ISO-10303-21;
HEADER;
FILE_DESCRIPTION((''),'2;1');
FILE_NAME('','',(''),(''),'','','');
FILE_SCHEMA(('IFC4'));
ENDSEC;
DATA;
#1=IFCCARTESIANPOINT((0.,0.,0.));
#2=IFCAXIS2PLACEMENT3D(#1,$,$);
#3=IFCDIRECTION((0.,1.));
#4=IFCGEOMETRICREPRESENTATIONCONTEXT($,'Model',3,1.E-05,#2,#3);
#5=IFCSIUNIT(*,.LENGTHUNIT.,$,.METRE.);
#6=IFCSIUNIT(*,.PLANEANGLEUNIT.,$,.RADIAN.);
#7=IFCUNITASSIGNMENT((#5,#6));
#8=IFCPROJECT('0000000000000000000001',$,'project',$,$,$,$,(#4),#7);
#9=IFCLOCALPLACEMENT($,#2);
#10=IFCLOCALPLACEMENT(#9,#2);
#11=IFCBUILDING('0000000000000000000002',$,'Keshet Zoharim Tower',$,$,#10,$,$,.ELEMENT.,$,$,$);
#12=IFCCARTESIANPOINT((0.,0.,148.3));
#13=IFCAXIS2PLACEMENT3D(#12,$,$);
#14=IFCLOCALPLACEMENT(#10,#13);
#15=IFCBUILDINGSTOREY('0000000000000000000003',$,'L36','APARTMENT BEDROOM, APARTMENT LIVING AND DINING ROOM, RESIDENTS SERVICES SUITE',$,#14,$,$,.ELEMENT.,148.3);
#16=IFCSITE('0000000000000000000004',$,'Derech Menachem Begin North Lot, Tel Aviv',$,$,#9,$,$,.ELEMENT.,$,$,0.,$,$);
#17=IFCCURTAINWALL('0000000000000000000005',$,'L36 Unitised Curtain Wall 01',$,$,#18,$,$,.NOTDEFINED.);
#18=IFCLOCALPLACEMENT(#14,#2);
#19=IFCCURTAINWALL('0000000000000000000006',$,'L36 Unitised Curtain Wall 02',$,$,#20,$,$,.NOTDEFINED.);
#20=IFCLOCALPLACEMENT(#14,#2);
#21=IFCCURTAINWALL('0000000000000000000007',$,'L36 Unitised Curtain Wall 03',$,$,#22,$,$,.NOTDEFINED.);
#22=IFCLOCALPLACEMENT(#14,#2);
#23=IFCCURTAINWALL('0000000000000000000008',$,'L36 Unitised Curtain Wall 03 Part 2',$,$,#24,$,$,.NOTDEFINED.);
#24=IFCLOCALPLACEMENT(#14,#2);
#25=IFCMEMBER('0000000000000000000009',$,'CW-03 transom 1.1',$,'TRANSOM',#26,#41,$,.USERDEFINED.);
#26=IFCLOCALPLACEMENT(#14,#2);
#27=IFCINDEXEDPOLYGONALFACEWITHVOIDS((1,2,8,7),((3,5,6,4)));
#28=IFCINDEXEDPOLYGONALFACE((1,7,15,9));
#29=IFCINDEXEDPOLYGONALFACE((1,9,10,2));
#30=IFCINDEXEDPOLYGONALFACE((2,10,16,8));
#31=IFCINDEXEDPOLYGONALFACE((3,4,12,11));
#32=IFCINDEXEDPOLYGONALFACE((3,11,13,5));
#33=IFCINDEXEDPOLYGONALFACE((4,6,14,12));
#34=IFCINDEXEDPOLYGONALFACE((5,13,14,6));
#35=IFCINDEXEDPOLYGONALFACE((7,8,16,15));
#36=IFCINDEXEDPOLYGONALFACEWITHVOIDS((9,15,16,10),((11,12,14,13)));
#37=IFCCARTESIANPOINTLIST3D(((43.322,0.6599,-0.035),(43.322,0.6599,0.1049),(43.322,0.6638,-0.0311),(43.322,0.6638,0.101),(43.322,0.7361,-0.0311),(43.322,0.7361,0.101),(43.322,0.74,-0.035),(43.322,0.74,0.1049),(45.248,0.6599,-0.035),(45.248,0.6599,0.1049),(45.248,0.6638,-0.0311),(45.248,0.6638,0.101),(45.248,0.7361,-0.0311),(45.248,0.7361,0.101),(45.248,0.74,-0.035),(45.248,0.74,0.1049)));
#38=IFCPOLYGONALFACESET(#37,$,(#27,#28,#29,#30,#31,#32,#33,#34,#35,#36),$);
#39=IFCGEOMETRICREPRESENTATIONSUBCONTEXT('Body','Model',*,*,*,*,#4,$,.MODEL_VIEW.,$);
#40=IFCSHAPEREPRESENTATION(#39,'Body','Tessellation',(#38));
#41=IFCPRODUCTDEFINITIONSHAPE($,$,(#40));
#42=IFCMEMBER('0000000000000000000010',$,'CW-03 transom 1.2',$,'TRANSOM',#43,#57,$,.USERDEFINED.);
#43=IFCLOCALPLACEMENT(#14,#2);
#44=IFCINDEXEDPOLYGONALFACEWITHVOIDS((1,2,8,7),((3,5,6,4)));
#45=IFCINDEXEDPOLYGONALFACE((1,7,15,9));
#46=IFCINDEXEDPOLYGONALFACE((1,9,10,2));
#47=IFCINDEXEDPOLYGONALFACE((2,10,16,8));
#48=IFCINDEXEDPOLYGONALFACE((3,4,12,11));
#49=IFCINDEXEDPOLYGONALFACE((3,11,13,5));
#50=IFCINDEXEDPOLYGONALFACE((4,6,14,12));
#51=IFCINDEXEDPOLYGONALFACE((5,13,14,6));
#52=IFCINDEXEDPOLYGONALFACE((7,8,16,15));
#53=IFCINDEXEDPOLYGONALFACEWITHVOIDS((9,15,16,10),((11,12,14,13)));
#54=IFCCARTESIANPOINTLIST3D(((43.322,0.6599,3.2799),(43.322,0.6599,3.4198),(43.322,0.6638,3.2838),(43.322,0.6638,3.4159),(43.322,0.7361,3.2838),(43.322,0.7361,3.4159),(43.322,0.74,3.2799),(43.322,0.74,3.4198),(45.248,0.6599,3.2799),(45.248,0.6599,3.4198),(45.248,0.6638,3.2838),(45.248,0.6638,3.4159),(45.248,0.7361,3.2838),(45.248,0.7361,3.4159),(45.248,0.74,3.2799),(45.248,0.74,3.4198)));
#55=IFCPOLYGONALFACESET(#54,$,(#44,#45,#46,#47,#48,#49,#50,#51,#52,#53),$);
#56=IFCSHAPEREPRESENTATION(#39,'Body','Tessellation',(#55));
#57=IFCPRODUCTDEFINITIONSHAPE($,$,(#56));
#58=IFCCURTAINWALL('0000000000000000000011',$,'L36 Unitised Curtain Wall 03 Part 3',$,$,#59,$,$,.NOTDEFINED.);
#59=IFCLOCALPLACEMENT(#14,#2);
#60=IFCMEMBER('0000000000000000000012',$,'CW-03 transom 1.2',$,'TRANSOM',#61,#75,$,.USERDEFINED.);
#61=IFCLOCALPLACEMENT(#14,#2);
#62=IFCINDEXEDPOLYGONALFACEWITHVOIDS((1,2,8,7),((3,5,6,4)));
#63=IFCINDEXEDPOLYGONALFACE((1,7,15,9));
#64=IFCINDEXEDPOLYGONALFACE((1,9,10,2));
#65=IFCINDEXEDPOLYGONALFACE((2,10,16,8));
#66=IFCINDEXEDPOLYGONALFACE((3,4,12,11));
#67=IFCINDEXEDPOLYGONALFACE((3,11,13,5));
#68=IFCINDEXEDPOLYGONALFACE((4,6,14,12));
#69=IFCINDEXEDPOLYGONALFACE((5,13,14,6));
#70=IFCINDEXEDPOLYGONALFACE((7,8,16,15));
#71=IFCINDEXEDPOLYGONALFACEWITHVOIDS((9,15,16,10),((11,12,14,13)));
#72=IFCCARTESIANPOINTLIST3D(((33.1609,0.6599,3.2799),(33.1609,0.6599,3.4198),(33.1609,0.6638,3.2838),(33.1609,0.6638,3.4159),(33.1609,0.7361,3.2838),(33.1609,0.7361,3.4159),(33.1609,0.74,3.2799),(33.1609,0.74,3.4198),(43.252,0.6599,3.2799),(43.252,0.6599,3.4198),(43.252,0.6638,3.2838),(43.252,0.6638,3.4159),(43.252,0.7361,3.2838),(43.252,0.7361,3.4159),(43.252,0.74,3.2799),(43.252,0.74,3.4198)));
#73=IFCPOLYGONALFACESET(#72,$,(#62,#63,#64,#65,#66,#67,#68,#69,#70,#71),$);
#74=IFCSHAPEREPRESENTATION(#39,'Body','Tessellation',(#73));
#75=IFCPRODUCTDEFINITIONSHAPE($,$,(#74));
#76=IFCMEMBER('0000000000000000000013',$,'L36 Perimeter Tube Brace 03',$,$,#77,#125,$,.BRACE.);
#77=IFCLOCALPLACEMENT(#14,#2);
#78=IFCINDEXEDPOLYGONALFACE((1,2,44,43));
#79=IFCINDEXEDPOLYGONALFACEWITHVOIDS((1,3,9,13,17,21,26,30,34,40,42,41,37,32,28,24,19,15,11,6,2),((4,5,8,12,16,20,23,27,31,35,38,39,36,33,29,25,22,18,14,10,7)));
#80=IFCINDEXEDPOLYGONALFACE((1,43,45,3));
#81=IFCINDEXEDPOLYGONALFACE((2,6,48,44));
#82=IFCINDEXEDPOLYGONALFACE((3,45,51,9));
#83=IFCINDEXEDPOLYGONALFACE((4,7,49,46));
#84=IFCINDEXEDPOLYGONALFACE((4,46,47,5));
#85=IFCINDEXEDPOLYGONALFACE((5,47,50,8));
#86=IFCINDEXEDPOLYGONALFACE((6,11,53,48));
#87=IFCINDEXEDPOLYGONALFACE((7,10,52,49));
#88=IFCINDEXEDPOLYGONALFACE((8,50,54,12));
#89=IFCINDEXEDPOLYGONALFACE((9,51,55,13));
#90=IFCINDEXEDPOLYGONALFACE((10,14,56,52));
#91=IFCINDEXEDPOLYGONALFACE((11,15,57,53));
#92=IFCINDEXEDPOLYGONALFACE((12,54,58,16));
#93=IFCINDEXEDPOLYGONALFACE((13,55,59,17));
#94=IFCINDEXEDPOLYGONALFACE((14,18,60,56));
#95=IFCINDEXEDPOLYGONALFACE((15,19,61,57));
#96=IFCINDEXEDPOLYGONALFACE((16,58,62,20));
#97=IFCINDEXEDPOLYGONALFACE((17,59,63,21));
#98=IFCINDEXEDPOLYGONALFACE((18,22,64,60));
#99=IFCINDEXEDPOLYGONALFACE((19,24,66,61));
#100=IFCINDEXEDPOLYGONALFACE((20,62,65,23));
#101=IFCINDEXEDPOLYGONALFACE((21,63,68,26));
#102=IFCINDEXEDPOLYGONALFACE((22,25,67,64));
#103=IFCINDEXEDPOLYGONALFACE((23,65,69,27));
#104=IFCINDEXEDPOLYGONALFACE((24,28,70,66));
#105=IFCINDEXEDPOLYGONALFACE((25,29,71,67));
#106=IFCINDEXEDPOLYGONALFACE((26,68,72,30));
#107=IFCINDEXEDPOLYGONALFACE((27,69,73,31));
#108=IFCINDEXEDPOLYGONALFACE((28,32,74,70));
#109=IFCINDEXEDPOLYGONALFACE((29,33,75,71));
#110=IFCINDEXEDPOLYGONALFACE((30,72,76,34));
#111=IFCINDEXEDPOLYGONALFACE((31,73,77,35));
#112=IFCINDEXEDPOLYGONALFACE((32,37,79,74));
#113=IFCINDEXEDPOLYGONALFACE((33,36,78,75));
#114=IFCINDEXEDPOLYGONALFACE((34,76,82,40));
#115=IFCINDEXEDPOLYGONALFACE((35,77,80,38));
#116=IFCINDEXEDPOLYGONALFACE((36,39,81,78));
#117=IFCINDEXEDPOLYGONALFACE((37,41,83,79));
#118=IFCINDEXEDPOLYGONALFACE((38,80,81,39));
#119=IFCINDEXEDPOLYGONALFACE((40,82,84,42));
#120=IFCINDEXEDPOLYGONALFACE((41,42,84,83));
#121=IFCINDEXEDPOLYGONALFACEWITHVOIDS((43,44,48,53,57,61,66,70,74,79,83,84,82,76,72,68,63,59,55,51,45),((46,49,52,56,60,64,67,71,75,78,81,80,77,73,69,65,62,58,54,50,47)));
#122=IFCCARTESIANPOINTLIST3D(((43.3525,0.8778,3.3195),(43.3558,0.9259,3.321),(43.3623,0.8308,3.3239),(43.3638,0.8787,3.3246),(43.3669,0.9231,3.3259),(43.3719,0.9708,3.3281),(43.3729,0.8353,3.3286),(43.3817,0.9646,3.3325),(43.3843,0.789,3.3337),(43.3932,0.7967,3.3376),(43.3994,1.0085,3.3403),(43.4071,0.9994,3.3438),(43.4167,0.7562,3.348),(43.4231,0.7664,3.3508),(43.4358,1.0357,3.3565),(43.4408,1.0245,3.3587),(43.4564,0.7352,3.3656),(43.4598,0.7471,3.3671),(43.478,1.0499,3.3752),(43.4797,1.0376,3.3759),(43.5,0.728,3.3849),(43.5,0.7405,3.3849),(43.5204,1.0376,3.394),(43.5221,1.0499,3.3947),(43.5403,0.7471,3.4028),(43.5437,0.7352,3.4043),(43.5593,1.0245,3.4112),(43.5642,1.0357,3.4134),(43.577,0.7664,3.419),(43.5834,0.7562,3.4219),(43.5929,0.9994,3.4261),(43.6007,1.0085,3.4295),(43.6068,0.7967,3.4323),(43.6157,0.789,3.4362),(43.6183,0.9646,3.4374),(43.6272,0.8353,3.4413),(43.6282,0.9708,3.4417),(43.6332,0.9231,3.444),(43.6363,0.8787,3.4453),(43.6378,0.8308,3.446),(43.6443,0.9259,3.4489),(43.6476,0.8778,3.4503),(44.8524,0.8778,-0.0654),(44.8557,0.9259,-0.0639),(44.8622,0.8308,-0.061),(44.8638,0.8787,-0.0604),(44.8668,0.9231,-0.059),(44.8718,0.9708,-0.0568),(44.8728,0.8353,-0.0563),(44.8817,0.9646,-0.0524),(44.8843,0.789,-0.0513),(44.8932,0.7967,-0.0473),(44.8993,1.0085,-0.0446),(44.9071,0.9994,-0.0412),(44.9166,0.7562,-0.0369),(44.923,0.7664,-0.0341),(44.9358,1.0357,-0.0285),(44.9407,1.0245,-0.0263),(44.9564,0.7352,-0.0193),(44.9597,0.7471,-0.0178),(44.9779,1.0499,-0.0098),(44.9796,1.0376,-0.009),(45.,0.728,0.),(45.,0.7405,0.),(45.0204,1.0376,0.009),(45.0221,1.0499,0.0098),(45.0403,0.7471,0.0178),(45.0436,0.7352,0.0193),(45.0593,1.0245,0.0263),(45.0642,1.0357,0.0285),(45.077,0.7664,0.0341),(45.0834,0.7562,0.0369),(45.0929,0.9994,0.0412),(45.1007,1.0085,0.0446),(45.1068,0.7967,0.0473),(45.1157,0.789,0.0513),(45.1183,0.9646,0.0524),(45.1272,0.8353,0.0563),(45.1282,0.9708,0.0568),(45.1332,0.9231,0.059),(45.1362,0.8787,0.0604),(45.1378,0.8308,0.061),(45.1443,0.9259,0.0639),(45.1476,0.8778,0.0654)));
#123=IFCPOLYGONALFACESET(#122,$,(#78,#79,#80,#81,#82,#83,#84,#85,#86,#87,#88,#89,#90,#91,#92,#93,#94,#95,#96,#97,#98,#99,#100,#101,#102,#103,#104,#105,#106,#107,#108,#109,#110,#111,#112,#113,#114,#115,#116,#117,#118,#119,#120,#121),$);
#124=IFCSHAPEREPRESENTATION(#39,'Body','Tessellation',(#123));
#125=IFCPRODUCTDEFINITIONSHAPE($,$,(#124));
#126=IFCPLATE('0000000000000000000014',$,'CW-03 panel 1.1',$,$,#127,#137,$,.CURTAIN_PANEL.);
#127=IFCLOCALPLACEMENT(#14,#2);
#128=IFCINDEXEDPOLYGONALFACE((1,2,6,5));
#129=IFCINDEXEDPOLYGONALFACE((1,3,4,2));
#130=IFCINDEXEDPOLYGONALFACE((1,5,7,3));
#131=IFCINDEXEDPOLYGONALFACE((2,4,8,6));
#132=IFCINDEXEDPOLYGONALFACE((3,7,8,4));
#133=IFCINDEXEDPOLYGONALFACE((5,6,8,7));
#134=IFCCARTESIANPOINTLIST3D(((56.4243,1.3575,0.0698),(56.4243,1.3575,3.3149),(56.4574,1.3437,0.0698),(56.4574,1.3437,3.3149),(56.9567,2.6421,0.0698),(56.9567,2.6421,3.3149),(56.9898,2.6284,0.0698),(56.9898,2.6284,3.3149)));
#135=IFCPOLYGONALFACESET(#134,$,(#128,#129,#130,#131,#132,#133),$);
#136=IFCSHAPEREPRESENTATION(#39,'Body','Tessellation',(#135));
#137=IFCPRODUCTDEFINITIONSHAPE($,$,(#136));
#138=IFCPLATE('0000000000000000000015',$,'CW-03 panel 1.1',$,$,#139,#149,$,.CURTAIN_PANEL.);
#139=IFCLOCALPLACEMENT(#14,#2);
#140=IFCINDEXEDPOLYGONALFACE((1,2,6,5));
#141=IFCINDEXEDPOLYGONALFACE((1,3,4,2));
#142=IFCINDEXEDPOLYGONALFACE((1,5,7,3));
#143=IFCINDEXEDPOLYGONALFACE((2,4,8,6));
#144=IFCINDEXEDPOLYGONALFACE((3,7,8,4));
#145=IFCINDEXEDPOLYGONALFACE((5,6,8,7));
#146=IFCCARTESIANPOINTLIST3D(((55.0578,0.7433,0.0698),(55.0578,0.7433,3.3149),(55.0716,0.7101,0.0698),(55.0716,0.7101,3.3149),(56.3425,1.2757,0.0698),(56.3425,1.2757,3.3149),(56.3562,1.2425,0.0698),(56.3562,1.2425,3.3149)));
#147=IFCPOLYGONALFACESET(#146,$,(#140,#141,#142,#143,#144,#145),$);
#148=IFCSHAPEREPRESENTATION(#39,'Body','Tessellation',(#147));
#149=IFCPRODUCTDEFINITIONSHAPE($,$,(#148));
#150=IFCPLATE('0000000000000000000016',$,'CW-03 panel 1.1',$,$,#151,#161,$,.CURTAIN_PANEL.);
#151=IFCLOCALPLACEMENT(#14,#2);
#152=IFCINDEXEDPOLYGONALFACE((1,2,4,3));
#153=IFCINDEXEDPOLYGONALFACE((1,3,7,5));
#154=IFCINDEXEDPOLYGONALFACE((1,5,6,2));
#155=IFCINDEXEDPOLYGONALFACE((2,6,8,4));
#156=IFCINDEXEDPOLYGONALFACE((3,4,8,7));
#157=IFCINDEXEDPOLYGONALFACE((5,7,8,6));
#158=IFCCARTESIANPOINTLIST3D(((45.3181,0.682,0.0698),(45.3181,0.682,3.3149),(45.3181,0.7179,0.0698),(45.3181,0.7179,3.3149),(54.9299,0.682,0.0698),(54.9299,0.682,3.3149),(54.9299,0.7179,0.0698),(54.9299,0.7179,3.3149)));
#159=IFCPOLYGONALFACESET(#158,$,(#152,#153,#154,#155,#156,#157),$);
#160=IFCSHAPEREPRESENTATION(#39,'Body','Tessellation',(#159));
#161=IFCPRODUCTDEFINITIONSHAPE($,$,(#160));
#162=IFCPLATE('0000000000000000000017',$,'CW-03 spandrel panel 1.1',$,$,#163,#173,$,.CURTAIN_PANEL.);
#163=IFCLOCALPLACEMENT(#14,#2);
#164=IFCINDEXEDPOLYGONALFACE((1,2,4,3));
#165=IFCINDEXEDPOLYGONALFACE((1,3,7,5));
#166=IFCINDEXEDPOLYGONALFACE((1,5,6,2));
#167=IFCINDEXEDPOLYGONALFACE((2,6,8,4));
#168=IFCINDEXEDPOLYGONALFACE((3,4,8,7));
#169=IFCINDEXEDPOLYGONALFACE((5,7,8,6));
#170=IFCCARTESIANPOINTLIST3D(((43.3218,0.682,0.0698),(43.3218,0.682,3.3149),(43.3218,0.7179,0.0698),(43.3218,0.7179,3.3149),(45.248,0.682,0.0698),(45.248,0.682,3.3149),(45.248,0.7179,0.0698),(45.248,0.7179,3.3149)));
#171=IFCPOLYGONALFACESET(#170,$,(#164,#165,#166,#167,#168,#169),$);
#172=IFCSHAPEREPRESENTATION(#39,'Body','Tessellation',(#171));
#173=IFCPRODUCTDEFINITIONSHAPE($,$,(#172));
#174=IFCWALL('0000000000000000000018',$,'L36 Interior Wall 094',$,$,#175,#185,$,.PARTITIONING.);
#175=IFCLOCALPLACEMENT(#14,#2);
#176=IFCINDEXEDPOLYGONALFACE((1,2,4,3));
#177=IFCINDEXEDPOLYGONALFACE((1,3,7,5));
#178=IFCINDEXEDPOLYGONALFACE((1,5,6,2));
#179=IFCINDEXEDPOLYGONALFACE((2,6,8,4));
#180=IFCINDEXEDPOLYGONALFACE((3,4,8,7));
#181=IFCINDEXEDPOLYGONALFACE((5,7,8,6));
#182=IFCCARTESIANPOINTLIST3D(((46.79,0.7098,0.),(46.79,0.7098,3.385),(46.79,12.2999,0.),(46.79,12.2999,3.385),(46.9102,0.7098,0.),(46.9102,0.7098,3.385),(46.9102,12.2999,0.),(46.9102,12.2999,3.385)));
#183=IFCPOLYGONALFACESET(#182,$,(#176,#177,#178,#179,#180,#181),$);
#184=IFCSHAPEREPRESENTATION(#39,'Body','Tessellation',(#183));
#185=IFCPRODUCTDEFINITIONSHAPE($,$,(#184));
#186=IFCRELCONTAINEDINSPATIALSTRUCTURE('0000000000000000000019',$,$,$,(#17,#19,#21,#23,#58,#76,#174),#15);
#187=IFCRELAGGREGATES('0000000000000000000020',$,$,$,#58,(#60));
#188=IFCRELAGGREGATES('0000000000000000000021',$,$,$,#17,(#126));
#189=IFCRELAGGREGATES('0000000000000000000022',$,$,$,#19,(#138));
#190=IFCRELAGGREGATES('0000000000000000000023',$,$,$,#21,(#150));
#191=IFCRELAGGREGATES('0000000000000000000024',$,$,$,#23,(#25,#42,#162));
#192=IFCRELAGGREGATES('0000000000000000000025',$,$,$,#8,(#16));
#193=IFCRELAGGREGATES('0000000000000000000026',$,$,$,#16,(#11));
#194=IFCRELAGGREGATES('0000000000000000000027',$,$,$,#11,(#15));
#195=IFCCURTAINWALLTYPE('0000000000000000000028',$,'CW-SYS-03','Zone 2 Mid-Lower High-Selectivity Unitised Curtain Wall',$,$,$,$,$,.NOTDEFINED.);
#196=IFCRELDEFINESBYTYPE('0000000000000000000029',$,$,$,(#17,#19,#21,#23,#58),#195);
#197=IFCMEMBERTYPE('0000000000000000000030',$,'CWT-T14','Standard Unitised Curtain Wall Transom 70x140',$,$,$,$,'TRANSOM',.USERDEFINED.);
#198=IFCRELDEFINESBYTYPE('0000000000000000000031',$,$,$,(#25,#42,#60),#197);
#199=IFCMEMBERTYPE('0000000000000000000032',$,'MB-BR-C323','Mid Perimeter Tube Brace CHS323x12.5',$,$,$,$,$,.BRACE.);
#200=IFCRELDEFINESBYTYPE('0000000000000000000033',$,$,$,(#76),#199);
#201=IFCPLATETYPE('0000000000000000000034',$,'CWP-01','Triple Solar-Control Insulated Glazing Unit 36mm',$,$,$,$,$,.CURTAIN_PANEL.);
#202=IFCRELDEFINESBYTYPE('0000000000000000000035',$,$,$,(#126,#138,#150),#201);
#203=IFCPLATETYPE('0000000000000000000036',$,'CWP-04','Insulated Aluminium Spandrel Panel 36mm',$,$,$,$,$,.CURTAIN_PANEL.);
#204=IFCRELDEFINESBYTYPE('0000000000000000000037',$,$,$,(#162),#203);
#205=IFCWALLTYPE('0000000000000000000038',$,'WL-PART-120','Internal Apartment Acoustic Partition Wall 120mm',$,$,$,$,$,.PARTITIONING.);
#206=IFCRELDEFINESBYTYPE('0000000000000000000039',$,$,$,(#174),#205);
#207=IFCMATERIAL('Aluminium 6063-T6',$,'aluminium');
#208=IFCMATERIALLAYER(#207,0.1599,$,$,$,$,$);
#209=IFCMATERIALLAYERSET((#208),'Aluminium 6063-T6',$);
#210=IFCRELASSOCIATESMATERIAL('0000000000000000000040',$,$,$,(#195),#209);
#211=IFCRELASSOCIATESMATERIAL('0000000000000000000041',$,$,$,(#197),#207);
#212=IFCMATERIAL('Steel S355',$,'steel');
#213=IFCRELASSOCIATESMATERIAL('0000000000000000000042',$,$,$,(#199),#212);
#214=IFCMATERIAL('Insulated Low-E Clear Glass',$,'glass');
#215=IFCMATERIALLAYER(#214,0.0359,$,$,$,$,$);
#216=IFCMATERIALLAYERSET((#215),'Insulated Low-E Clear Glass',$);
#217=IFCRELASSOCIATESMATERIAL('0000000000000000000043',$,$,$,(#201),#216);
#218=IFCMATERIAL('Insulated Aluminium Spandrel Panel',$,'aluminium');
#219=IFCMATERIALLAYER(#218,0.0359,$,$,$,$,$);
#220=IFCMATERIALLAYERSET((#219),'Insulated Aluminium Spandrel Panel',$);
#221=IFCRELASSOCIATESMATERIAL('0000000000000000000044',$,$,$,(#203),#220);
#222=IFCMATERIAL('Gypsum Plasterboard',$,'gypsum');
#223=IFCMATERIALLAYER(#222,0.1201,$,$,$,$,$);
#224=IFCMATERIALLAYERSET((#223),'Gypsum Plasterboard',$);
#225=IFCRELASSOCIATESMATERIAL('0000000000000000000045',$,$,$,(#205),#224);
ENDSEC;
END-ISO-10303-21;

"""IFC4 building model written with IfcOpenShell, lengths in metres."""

from ifc_helpers import new_model, si_unit, direction, frame, frame_2d, origin, origin_2d, place, context, subcontext, project, spatial, rectangle, hollow_rectangle, hollow_circle, extrude, material, layer, layer_set, material_profile, profile_set, type_object, element, aggregate, save


model = new_model("IFC4")

# Units and contexts
model_context = context("Model", 3, precision=1e-05, world=origin(), true_north=direction((0.0, 1.0)))
body_context = subcontext(model_context, "Body", "Model", "MODEL_VIEW")
ifc_project = project(units=[si_unit("LENGTHUNIT", "METRE"), si_unit("PLANEANGLEUNIT", "RADIAN")], contexts=[model_context])

# Site, building, storey
site_placement = place(None, origin())
site = spatial("IfcSite", under=ifc_project, at=site_placement, Name="Derech Menachem Begin North Lot, Tel Aviv", CompositionType="ELEMENT", RefElevation=0.0)
building_placement = place(site_placement, origin())
building = spatial("IfcBuilding", under=site, at=building_placement, Name="Keshet Zoharim Tower", CompositionType="ELEMENT")
storey_placement = place(building_placement, frame((0.0, 0.0, 148.3)))
storey = spatial("IfcBuildingStorey", under=building, at=storey_placement, Name="L36", Description="APARTMENT BEDROOM, APARTMENT LIVING AND DINING ROOM, RESIDENTS SERVICES SUITE", CompositionType="ELEMENT", Elevation=148.3)

# Shared definitions
ifc_material_1 = material(Name="Steel S355", Category="steel")

# Curtain walls
ifc_material_2 = material(Name="Aluminium 6063-T6", Category="aluminium")
ifc_layer_1 = layer(ifc_material_2, 0.1599)
ifc_layer_set_1 = layer_set([ifc_layer_1], Name="Aluminium 6063-T6")
curtain_wall_type = type_object("IfcCurtainWallType", Name="CW-SYS-03", Description="Zone 2 Mid-Lower High-Selectivity Unitised Curtain Wall", PredefinedType="NOTDEFINED", material=ifc_layer_set_1)
curtain_wall_1_placement = place(storey_placement, origin())
curtain_wall_1 = element("IfcCurtainWall", 1, at=curtain_wall_1_placement, inside=storey, type_object=curtain_wall_type, Name="L36 Unitised Curtain Wall 01", PredefinedType="NOTDEFINED")
curtain_wall_2_placement = place(storey_placement, origin())
curtain_wall_2 = element("IfcCurtainWall", 2, at=curtain_wall_2_placement, inside=storey, type_object=curtain_wall_type, Name="L36 Unitised Curtain Wall 02", PredefinedType="NOTDEFINED")
curtain_wall_3_placement = place(storey_placement, origin())
curtain_wall_3 = element("IfcCurtainWall", 3, at=curtain_wall_3_placement, inside=storey, type_object=curtain_wall_type, Name="L36 Unitised Curtain Wall 03", PredefinedType="NOTDEFINED")

# Curtain wall
curtain_wall_4_placement = place(storey_placement, origin())
curtain_wall_4 = element("IfcCurtainWall", 4, at=curtain_wall_4_placement, inside=storey, type_object=curtain_wall_type, Name="L36 Unitised Curtain Wall 03 Part 2", PredefinedType="NOTDEFINED")

# Members
ifc_material_profile_1 = material_profile(ifc_material_2, hollow_rectangle(XDim=0.0801, YDim=0.1399, WallThickness=0.0039, at=origin_2d()), Name="TRN-80x140")
ifc_profile_set_1 = profile_set([ifc_material_profile_1], Name="Aluminium 6063-T6")
member_type_1 = type_object("IfcMemberType", Name="CWT-T14", Description="Standard Unitised Curtain Wall Transom 70x140", ElementType="TRANSOM", PredefinedType="USERDEFINED", material=ifc_profile_set_1)
member_1_placement = place(storey_placement, frame((45.248, 0.7, 0.0349), z_axis=(-1.0, 0.0, 0.0), x_axis=(0.0, -1.0, 0.0)))
member_1 = element("IfcMember", 5, at=member_1_placement, type_object=member_type_1, Name="CW-03 transom 1.1", ObjectType="TRANSOM", PredefinedType="USERDEFINED", context=body_context, shape_type="SweptSolid", body=[
    extrude(hollow_rectangle(XDim=0.0801, YDim=0.1399, WallThickness=0.0039, at=origin_2d()), origin(), (0.0, 0.0, 1.0), 1.926),
])
member_2_placement = place(storey_placement, frame((45.248, 0.7, 3.3499), z_axis=(-1.0, 0.0, 0.0), x_axis=(0.0, -1.0, 0.0)))
member_2 = element("IfcMember", 6, at=member_2_placement, type_object=member_type_1, Name="CW-03 transom 1.2", ObjectType="TRANSOM", PredefinedType="USERDEFINED", context=body_context, shape_type="SweptSolid", body=[
    extrude(hollow_rectangle(XDim=0.0801, YDim=0.1399, WallThickness=0.0039, at=origin_2d()), origin(), (0.0, 0.0, 1.0), 1.926),
])

# Curtain wall, member
curtain_wall_5_placement = place(storey_placement, origin())
curtain_wall_5 = element("IfcCurtainWall", 7, at=curtain_wall_5_placement, inside=storey, type_object=curtain_wall_type, Name="L36 Unitised Curtain Wall 03 Part 3", PredefinedType="NOTDEFINED")
member_3_placement = place(storey_placement, frame((43.252, 0.7, 3.3499), z_axis=(-1.0, 0.0, 0.0), x_axis=(0.0, -1.0, 0.0)))
member_3 = element("IfcMember", 8, at=member_3_placement, type_object=member_type_1, Name="CW-03 transom 1.2", ObjectType="TRANSOM", PredefinedType="USERDEFINED", context=body_context, shape_type="SweptSolid", body=[
    extrude(hollow_rectangle(XDim=0.0801, YDim=0.1399, WallThickness=0.0039, at=origin_2d()), origin(), (0.0, 0.0, 1.0), 10.0911),
])
aggregate(curtain_wall_5, [member_3])

# Member
ifc_material_profile_2 = material_profile(ifc_material_1, hollow_circle(Radius=0.1619, WallThickness=0.0125, at=origin_2d()), Name="CHS323x12.5")
ifc_profile_set_2 = profile_set([ifc_material_profile_2], Name="Steel S355")
member_type_2 = type_object("IfcMemberType", Name="MB-BR-C323", Description="Mid Perimeter Tube Brace CHS323x12.5", PredefinedType="BRACE", material=ifc_profile_set_2)
member_4_placement = place(storey_placement, frame((45.0, 0.8899, 0.0), z_axis=(-0.405135, 0.0, 0.914257), x_axis=(0.0, -1.0, 0.0)))
element("IfcMember", 9, at=member_4_placement, inside=storey, type_object=member_type_2, Name="L36 Perimeter Tube Brace 03", PredefinedType="BRACE", context=body_context, shape_type="SweptSolid", body=[
    extrude(hollow_circle(Radius=0.1619, WallThickness=0.0125, at=origin_2d()), origin(), (0.0, 0.0, 1.0), 3.7024),
])

# Plates
ifc_material_3 = material(Name="Insulated Low-E Clear Glass", Category="glass")
ifc_layer_2 = layer(ifc_material_3, 0.0359)
ifc_layer_set_2 = layer_set([ifc_layer_2], Name="Insulated Low-E Clear Glass")
plate_type_1 = type_object("IfcPlateType", Name="CWP-01", Description="Triple Solar-Control Insulated Glazing Unit 36mm", PredefinedType="CURTAIN_PANEL", material=ifc_layer_set_2)
plate_1_placement = place(storey_placement, frame((56.707, 1.9929, 0.0698), z_axis=(0.0, 0.0, 1.0), x_axis=(-0.382852, -0.92381, 0.0)))
plate_1 = element("IfcPlate", 10, at=plate_1_placement, type_object=plate_type_1, Name="CW-03 panel 1.1", PredefinedType="CURTAIN_PANEL", context=body_context, shape_type="SweptSolid", body=[
    extrude(rectangle(XDim=1.3906, YDim=0.0359, at=origin_2d()), origin(), (0.0, 0.0, 1.0), 3.2451),
])
aggregate(curtain_wall_1, [plate_1])
plate_2_placement = place(storey_placement, frame((55.707, 0.9929, 0.0698), z_axis=(0.0, 0.0, 1.0), x_axis=(-0.92381, -0.382852, 0.0)))
plate_2 = element("IfcPlate", 11, at=plate_2_placement, type_object=plate_type_1, Name="CW-03 panel 1.1", PredefinedType="CURTAIN_PANEL", context=body_context, shape_type="SweptSolid", body=[
    extrude(rectangle(XDim=1.3906, YDim=0.0359, at=origin_2d()), origin(), (0.0, 0.0, 1.0), 3.2451),
])
aggregate(curtain_wall_2, [plate_2])
plate_3_placement = place(storey_placement, frame((50.124, 0.7, 0.0698), z_axis=(0.0, 0.0, 1.0), x_axis=(-1.0, 0.0, 0.0)))
plate_3 = element("IfcPlate", 12, at=plate_3_placement, type_object=plate_type_1, Name="CW-03 panel 1.1", PredefinedType="CURTAIN_PANEL", context=body_context, shape_type="SweptSolid", body=[
    extrude(rectangle(XDim=9.6118, YDim=0.0359, at=origin_2d()), origin(), (0.0, 0.0, 1.0), 3.2451),
])
aggregate(curtain_wall_3, [plate_3])
ifc_material_4 = material(Name="Insulated Aluminium Spandrel Panel", Category="aluminium")
ifc_layer_3 = layer(ifc_material_4, 0.0359)
ifc_layer_set_3 = layer_set([ifc_layer_3], Name="Insulated Aluminium Spandrel Panel")
plate_type_2 = type_object("IfcPlateType", Name="CWP-04", Description="Insulated Aluminium Spandrel Panel 36mm", PredefinedType="CURTAIN_PANEL", material=ifc_layer_set_3)
plate_4_placement = place(storey_placement, frame((44.2849, 0.7, 0.0698), z_axis=(0.0, 0.0, 1.0), x_axis=(-1.0, 0.0, 0.0)))
plate_4 = element("IfcPlate", 13, at=plate_4_placement, type_object=plate_type_2, Name="CW-03 spandrel panel 1.1", PredefinedType="CURTAIN_PANEL", context=body_context, shape_type="SweptSolid", body=[
    extrude(rectangle(XDim=1.9263, YDim=0.0359, at=origin_2d()), origin(), (0.0, 0.0, 1.0), 3.2451),
])
aggregate(curtain_wall_4, [member_1, member_2, plate_4])

# Wall
ifc_material_5 = material(Name="Gypsum Plasterboard", Category="gypsum")
ifc_layer_4 = layer(ifc_material_5, 0.1201)
ifc_layer_set_4 = layer_set([ifc_layer_4], Name="Gypsum Plasterboard")
wall_type = type_object("IfcWallType", Name="WL-PART-120", Description="Internal Apartment Acoustic Partition Wall 120mm", PredefinedType="PARTITIONING", material=ifc_layer_set_4)
wall_1_placement = place(storey_placement, frame((46.8501, 0.71, 0.0), z_axis=(0.0, 0.0, 1.0), x_axis=(0.0, 1.0, 0.0)))
element("IfcWall", 14, at=wall_1_placement, inside=storey, type_object=wall_type, Name="L36 Interior Wall 094", PredefinedType="PARTITIONING", context=body_context, shape_type="SweptSolid", body=[
    extrude(rectangle(XDim=11.5901, YDim=0.1201, at=frame_2d((5.7949, 0.0))), origin(), (0.0, 0.0, 1.0), 3.385),
])

save(model, "model.ifc")
